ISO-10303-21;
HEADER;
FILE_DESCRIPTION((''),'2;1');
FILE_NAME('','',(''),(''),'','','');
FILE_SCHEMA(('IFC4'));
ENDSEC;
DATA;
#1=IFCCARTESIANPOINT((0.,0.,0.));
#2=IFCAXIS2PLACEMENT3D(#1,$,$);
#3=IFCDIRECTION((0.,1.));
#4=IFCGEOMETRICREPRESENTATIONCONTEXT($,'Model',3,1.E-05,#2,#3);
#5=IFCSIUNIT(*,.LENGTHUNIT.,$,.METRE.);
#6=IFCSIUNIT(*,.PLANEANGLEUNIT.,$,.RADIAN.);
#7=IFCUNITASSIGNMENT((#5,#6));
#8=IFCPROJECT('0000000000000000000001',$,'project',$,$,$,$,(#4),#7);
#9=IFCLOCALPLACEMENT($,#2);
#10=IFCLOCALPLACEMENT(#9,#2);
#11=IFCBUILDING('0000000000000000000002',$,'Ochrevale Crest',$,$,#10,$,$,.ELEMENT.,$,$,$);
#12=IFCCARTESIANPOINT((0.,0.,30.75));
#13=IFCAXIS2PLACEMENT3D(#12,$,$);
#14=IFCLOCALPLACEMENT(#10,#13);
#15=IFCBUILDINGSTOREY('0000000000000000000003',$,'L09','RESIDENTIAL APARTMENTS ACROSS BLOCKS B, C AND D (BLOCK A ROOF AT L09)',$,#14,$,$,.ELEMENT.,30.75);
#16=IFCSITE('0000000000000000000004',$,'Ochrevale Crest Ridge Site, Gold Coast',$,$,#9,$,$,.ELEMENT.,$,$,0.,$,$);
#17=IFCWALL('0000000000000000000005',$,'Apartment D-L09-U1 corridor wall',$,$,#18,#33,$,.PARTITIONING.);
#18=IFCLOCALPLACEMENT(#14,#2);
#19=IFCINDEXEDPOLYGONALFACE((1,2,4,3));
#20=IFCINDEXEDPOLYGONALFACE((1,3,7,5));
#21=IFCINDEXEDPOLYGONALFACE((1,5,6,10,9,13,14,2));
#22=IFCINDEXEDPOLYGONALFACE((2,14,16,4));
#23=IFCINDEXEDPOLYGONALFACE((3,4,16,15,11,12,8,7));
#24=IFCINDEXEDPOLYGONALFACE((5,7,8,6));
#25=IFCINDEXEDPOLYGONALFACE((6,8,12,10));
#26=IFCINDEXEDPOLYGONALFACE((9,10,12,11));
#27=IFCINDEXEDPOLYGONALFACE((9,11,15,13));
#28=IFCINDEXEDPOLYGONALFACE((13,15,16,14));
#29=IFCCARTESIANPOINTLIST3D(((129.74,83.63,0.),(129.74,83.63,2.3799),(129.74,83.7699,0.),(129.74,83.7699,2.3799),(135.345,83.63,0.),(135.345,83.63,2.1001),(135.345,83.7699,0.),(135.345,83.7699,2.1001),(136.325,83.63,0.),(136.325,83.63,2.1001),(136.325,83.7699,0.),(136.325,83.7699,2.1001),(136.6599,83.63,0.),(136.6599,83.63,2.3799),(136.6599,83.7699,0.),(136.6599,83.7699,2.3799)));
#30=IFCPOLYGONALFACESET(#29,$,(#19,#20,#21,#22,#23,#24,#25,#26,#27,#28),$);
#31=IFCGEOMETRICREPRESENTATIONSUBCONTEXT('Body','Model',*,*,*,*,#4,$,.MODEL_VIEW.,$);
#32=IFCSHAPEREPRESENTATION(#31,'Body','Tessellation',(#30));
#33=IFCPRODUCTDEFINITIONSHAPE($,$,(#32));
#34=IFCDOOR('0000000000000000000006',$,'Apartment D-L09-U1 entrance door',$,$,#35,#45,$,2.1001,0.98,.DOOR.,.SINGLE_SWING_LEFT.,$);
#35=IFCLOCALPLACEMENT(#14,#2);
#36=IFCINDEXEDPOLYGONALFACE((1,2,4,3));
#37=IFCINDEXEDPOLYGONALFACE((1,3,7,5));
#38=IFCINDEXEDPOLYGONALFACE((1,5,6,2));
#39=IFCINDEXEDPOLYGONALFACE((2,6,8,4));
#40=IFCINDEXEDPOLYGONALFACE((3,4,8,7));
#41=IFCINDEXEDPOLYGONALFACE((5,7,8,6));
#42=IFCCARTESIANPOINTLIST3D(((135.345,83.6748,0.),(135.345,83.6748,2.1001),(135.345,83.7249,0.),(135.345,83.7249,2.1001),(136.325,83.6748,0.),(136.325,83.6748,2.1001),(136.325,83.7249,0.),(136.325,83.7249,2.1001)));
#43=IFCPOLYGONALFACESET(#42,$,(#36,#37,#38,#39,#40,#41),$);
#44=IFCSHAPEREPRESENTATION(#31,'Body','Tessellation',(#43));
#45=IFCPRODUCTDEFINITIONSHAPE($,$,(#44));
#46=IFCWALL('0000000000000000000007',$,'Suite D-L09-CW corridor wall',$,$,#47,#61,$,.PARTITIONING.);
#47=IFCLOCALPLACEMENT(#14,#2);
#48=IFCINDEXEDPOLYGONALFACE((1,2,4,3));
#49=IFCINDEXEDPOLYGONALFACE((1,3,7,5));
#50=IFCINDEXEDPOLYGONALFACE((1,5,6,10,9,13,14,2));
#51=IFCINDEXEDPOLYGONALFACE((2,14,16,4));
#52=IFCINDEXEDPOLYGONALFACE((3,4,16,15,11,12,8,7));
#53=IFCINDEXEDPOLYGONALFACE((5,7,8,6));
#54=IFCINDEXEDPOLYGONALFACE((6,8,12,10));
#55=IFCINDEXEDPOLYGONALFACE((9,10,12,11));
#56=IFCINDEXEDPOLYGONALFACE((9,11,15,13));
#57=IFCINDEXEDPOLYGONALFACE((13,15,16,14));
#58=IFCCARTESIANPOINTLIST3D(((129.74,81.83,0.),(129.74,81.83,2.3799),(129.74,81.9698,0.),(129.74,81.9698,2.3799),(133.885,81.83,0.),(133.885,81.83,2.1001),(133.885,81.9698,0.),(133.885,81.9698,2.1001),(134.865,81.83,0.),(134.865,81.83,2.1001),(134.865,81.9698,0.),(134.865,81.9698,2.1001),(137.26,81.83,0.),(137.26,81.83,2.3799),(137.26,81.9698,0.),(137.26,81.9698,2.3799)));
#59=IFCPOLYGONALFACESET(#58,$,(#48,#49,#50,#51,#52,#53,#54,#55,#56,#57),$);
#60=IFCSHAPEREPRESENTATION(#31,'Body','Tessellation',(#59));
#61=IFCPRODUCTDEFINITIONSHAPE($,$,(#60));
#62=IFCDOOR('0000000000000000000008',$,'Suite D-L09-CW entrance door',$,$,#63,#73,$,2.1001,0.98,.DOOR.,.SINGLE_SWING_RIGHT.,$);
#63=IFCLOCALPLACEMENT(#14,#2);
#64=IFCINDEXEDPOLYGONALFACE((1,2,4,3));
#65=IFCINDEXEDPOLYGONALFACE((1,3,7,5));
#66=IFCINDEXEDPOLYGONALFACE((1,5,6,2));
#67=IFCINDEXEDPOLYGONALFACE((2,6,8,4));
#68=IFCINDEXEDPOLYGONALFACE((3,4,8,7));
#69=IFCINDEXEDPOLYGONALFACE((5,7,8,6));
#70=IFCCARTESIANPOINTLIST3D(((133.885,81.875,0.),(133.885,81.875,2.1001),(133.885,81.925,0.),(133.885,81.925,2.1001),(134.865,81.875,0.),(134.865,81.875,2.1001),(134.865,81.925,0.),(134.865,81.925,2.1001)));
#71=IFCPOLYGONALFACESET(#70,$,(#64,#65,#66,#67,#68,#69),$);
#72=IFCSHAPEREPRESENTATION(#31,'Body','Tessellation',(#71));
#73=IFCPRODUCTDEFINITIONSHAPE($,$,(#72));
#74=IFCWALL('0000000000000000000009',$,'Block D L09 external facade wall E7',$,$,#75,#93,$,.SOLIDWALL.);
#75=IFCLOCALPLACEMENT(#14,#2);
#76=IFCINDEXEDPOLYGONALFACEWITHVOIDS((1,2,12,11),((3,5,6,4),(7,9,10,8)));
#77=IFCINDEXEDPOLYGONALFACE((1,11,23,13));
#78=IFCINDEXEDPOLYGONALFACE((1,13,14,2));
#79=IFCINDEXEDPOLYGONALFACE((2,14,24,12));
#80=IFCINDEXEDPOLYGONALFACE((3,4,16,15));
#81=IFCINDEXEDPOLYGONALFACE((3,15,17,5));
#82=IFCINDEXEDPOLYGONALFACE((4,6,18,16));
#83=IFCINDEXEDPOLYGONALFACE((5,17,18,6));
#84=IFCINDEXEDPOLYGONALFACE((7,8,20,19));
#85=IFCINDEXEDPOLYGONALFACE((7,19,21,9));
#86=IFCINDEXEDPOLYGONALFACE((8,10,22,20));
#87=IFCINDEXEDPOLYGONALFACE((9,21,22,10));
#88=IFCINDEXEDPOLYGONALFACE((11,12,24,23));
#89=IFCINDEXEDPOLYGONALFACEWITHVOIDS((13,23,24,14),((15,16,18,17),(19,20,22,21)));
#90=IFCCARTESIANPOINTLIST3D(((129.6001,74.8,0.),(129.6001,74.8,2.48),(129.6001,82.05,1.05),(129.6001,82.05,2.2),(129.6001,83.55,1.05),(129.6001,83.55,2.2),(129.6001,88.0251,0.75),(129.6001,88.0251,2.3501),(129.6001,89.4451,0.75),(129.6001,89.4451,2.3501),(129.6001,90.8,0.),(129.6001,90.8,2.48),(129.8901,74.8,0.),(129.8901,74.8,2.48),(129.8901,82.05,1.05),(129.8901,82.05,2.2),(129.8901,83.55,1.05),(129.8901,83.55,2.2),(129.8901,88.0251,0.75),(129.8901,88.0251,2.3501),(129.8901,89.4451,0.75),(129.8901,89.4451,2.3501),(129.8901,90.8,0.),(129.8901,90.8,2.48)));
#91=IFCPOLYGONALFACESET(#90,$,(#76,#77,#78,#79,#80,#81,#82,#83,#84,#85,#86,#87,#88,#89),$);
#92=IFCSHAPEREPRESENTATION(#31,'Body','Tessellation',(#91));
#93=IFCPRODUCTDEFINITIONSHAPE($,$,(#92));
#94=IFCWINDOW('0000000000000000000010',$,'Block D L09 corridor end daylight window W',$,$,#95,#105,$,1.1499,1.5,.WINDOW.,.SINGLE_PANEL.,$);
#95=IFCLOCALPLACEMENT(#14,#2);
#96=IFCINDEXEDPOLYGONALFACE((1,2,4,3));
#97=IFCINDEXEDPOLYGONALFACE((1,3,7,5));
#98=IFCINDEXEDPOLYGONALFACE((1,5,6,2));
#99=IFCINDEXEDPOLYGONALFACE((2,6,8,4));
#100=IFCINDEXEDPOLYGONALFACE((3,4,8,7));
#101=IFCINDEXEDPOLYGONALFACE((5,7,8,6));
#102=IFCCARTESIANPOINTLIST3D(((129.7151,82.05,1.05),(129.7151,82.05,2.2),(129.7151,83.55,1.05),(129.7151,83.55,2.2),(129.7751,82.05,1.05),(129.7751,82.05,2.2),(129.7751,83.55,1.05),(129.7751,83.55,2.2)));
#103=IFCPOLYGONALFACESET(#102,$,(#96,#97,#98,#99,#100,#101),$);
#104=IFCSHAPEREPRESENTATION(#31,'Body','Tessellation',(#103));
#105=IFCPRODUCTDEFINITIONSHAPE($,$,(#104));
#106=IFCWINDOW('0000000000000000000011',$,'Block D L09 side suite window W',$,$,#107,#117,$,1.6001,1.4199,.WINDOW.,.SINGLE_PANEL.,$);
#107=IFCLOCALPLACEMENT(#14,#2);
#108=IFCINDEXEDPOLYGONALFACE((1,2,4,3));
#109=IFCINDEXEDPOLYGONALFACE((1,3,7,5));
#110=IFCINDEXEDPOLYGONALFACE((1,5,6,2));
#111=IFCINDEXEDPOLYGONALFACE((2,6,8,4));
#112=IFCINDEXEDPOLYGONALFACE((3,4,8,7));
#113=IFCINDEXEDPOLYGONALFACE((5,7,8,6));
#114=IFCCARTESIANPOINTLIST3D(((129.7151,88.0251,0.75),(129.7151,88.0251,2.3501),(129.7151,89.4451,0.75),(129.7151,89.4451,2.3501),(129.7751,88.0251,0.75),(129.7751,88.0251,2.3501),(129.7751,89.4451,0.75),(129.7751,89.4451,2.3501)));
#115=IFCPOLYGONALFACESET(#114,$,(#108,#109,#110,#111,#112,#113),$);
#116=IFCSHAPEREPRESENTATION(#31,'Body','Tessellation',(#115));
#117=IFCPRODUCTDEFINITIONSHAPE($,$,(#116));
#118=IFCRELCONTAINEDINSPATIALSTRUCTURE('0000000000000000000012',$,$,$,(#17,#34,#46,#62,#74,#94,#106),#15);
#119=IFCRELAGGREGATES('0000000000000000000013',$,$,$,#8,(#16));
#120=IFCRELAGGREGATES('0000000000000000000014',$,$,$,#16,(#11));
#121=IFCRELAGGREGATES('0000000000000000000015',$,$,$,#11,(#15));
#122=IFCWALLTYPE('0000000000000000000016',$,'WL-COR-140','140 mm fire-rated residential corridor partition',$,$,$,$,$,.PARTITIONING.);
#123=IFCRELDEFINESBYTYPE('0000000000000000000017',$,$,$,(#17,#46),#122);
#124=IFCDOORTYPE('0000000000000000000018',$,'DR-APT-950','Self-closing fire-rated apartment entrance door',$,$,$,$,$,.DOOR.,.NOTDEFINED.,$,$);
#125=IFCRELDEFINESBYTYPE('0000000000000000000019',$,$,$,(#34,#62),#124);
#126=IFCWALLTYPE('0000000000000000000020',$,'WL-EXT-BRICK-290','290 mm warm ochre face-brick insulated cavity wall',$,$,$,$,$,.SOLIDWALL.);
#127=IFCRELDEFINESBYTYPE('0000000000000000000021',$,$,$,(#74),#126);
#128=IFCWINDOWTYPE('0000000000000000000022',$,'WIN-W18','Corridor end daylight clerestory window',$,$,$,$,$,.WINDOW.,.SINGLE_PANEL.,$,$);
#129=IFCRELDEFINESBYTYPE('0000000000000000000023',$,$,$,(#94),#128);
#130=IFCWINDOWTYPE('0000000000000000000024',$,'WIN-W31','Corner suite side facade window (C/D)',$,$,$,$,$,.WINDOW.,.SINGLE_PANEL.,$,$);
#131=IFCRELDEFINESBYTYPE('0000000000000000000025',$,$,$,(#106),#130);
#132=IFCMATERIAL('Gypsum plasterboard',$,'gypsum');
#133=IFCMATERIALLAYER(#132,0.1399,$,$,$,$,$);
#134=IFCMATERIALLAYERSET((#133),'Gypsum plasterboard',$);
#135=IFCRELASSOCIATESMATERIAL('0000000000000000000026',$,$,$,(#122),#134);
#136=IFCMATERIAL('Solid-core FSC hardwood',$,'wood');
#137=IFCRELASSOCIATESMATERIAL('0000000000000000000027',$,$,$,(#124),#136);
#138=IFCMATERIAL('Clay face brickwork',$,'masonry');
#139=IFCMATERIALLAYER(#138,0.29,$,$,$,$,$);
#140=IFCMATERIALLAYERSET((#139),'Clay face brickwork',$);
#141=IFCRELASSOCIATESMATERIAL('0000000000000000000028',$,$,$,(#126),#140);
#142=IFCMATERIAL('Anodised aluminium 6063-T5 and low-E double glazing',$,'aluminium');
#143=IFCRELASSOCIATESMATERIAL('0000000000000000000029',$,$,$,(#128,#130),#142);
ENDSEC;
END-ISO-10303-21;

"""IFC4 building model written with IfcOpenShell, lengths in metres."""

from ifc_helpers import new_model, si_unit, direction, frame, frame_2d, origin, place, context, subcontext, project, spatial, rectangle, extrude, material, layer, layer_set, type_object, element, fill, save


model = new_model("IFC4")

# Units and contexts
model_context = context("Model", 3, precision=1e-05, world=origin(), true_north=direction((0.0, 1.0)))
body_context = subcontext(model_context, "Body", "Model", "MODEL_VIEW")
ifc_project = project(units=[si_unit("LENGTHUNIT", "METRE"), si_unit("PLANEANGLEUNIT", "RADIAN")], contexts=[model_context])

# Site, building, storey
site_placement = place(None, origin())
site = spatial("IfcSite", under=ifc_project, at=site_placement, Name="Ochrevale Crest Ridge Site, Gold Coast", CompositionType="ELEMENT", RefElevation=0.0)
building_placement = place(site_placement, origin())
building = spatial("IfcBuilding", under=site, at=building_placement, Name="Ochrevale Crest", CompositionType="ELEMENT")
storey_placement = place(building_placement, frame((0.0, 0.0, 30.75)))
storey = spatial("IfcBuildingStorey", under=building, at=storey_placement, Name="L09", Description="RESIDENTIAL APARTMENTS ACROSS BLOCKS B, C AND D (BLOCK A ROOF AT L09)", CompositionType="ELEMENT", Elevation=30.75)

# Walls, openings, doors
ifc_material_1 = material(Name="Gypsum plasterboard", Category="gypsum")
ifc_layer_1 = layer(ifc_material_1, 0.1399)
ifc_layer_set_1 = layer_set([ifc_layer_1], Name="Gypsum plasterboard")
wall_type_1 = type_object("IfcWallType", Name="WL-COR-140", Description="140 mm fire-rated residential corridor partition", PredefinedType="PARTITIONING", material=ifc_layer_set_1)
wall_1_placement = place(storey_placement, frame((129.74, 83.7, 0.0), z_axis=(0.0, 0.0, 1.0), x_axis=(1.0, 0.0, 0.0)))
wall_1 = element("IfcWall", 1, at=wall_1_placement, inside=storey, type_object=wall_type_1, Name="Apartment D-L09-U1 corridor wall", PredefinedType="PARTITIONING", context=body_context, shape_type="SweptSolid", body=[
    extrude(rectangle(XDim=6.9199, YDim=0.1399, at=frame_2d((3.46, 0.0))), origin(), (0.0, 0.0, 1.0), 2.3799),
])
opening_1_placement = place(wall_1_placement, frame((5.605, 0.0, 0.0)))
opening_1 = element("IfcOpeningElement", 2, at=opening_1_placement, cuts=wall_1, PredefinedType="OPENING", context=body_context, shape_type="SweptSolid", body=[
    extrude(rectangle(XDim=0.98, YDim=2.1001, at=frame_2d((0.49, 1.05))), frame((0.0, 0.0801, 0.0), z_axis=(0.0, -1.0, 0.0), x_axis=(1.0, 0.0, 0.0)), (0.0, 0.0, 1.0), 0.1599),
])
ifc_material_2 = material(Name="Solid-core FSC hardwood", Category="wood")
door_type_1 = type_object("IfcDoorType", Name="DR-APT-950", Description="Self-closing fire-rated apartment entrance door", OperationType="NOTDEFINED", PredefinedType="DOOR", material=ifc_material_2)
door_1_placement = place(opening_1_placement, origin())
door_1 = element("IfcDoor", 3, at=door_1_placement, inside=storey, type_object=door_type_1, Name="Apartment D-L09-U1 entrance door", OperationType="SINGLE_SWING_LEFT", OverallHeight=2.1001, OverallWidth=0.98, PredefinedType="DOOR", context=body_context, shape_type="SweptSolid", body=[
    extrude(rectangle(XDim=0.98, YDim=2.1001, at=frame_2d((0.49, 1.05))), frame((0.0, 0.0249, 0.0), z_axis=(0.0, -1.0, 0.0), x_axis=(1.0, 0.0, 0.0)), (0.0, 0.0, 1.0), 0.05),
])
fill(opening_1, door_1)
wall_2_placement = place(storey_placement, frame((129.74, 81.8999, 0.0), z_axis=(0.0, 0.0, 1.0), x_axis=(1.0, 0.0, 0.0)))
wall_2 = element("IfcWall", 4, at=wall_2_placement, inside=storey, type_object=wall_type_1, Name="Suite D-L09-CW corridor wall", PredefinedType="PARTITIONING", context=body_context, shape_type="SweptSolid", body=[
    extrude(rectangle(XDim=7.52, YDim=0.1399, at=frame_2d((3.76, 0.0))), origin(), (0.0, 0.0, 1.0), 2.3799),
])
opening_2_placement = place(wall_2_placement, frame((5.125, 0.0, 0.0), z_axis=(0.0, 0.0, 1.0), x_axis=(-1.0, 0.0, 0.0)))
opening_2 = element("IfcOpeningElement", 5, at=opening_2_placement, cuts=wall_2, PredefinedType="OPENING", context=body_context, shape_type="SweptSolid", body=[
    extrude(rectangle(XDim=0.98, YDim=2.1001, at=frame_2d((0.49, 1.05))), frame((0.0, 0.0801, 0.0), z_axis=(0.0, -1.0, 0.0), x_axis=(1.0, 0.0, 0.0)), (0.0, 0.0, 1.0), 0.1599),
])
door_2_placement = place(opening_2_placement, origin())
door_2 = element("IfcDoor", 6, at=door_2_placement, inside=storey, type_object=door_type_1, Name="Suite D-L09-CW entrance door", OperationType="SINGLE_SWING_RIGHT", OverallHeight=2.1001, OverallWidth=0.98, PredefinedType="DOOR", context=body_context, shape_type="SweptSolid", body=[
    extrude(rectangle(XDim=0.98, YDim=2.1001, at=frame_2d((0.49, 1.05))), frame((0.0, 0.0249, 0.0), z_axis=(0.0, -1.0, 0.0), x_axis=(1.0, 0.0, 0.0)), (0.0, 0.0, 1.0), 0.05),
])
fill(opening_2, door_2)

# Wall, openings, windows
ifc_material_3 = material(Name="Clay face brickwork", Category="masonry")
ifc_layer_2 = layer(ifc_material_3, 0.29)
ifc_layer_set_2 = layer_set([ifc_layer_2], Name="Clay face brickwork")
wall_type_2 = type_object("IfcWallType", Name="WL-EXT-BRICK-290", Description="290 mm warm ochre face-brick insulated cavity wall", PredefinedType="SOLIDWALL", material=ifc_layer_set_2)
wall_3_placement = place(storey_placement, frame((129.7451, 90.8, 0.0), z_axis=(0.0, 0.0, 1.0), x_axis=(0.0, -1.0, 0.0)))
wall_3 = element("IfcWall", 7, at=wall_3_placement, inside=storey, type_object=wall_type_2, Name="Block D L09 external facade wall E7", PredefinedType="SOLIDWALL", context=body_context, shape_type="SweptSolid", body=[
    extrude(rectangle(XDim=16.0, YDim=0.29, at=frame_2d((8.0, 0.0))), origin(), (0.0, 0.0, 1.0), 2.48),
])
opening_3_placement = place(wall_3_placement, frame((7.25, 0.0, 1.05)))
opening_3 = element("IfcOpeningElement", 8, at=opening_3_placement, cuts=wall_3, PredefinedType="OPENING", context=body_context, shape_type="SweptSolid", body=[
    extrude(rectangle(XDim=1.5, YDim=1.1499, at=frame_2d((0.75, 0.575))), frame((0.0, 0.155, 0.0), z_axis=(0.0, -1.0, 0.0), x_axis=(1.0, 0.0, 0.0)), (0.0, 0.0, 1.0), 0.3101),
])
opening_4_placement = place(wall_3_placement, frame((1.355, 0.0, 0.75)))
opening_4 = element("IfcOpeningElement", 9, at=opening_4_placement, cuts=wall_3, PredefinedType="OPENING", context=body_context, shape_type="SweptSolid", body=[
    extrude(rectangle(XDim=1.4199, YDim=1.6001, at=frame_2d((0.71, 0.8))), frame((0.0, 0.155, 0.0), z_axis=(0.0, -1.0, 0.0), x_axis=(1.0, 0.0, 0.0)), (0.0, 0.0, 1.0), 0.3101),
])
ifc_material_4 = material(Name="Anodised aluminium 6063-T5 and low-E double glazing", Category="aluminium")
window_type_1 = type_object("IfcWindowType", Name="WIN-W18", Description="Corridor end daylight clerestory window", PartitioningType="SINGLE_PANEL", PredefinedType="WINDOW", material=ifc_material_4)
window_1_placement = place(opening_3_placement, origin())
window_1 = element("IfcWindow", 10, at=window_1_placement, inside=storey, type_object=window_type_1, Name="Block D L09 corridor end daylight window W", OverallHeight=1.1499, OverallWidth=1.5, PartitioningType="SINGLE_PANEL", PredefinedType="WINDOW", context=body_context, shape_type="SweptSolid", body=[
    extrude(rectangle(XDim=1.5, YDim=1.1499, at=frame_2d((0.75, 0.575))), frame((0.0, 0.03, 0.0), z_axis=(0.0, -1.0, 0.0), x_axis=(1.0, 0.0, 0.0)), (0.0, 0.0, 1.0), 0.0601),
])
fill(opening_3, window_1)
window_type_2 = type_object("IfcWindowType", Name="WIN-W31", Description="Corner suite side facade window (C/D)", PartitioningType="SINGLE_PANEL", PredefinedType="WINDOW", material=ifc_material_4)
window_2_placement = place(opening_4_placement, origin())
window_2 = element("IfcWindow", 11, at=window_2_placement, inside=storey, type_object=window_type_2, Name="Block D L09 side suite window W", OverallHeight=1.6001, OverallWidth=1.4199, PartitioningType="SINGLE_PANEL", PredefinedType="WINDOW", context=body_context, shape_type="SweptSolid", body=[
    extrude(rectangle(XDim=1.4199, YDim=1.6001, at=frame_2d((0.71, 0.8))), frame((0.0, 0.03, 0.0), z_axis=(0.0, -1.0, 0.0), x_axis=(1.0, 0.0, 0.0)), (0.0, 0.0, 1.0), 0.0601),
])
fill(opening_4, window_2)

save(model, "model.ifc")
